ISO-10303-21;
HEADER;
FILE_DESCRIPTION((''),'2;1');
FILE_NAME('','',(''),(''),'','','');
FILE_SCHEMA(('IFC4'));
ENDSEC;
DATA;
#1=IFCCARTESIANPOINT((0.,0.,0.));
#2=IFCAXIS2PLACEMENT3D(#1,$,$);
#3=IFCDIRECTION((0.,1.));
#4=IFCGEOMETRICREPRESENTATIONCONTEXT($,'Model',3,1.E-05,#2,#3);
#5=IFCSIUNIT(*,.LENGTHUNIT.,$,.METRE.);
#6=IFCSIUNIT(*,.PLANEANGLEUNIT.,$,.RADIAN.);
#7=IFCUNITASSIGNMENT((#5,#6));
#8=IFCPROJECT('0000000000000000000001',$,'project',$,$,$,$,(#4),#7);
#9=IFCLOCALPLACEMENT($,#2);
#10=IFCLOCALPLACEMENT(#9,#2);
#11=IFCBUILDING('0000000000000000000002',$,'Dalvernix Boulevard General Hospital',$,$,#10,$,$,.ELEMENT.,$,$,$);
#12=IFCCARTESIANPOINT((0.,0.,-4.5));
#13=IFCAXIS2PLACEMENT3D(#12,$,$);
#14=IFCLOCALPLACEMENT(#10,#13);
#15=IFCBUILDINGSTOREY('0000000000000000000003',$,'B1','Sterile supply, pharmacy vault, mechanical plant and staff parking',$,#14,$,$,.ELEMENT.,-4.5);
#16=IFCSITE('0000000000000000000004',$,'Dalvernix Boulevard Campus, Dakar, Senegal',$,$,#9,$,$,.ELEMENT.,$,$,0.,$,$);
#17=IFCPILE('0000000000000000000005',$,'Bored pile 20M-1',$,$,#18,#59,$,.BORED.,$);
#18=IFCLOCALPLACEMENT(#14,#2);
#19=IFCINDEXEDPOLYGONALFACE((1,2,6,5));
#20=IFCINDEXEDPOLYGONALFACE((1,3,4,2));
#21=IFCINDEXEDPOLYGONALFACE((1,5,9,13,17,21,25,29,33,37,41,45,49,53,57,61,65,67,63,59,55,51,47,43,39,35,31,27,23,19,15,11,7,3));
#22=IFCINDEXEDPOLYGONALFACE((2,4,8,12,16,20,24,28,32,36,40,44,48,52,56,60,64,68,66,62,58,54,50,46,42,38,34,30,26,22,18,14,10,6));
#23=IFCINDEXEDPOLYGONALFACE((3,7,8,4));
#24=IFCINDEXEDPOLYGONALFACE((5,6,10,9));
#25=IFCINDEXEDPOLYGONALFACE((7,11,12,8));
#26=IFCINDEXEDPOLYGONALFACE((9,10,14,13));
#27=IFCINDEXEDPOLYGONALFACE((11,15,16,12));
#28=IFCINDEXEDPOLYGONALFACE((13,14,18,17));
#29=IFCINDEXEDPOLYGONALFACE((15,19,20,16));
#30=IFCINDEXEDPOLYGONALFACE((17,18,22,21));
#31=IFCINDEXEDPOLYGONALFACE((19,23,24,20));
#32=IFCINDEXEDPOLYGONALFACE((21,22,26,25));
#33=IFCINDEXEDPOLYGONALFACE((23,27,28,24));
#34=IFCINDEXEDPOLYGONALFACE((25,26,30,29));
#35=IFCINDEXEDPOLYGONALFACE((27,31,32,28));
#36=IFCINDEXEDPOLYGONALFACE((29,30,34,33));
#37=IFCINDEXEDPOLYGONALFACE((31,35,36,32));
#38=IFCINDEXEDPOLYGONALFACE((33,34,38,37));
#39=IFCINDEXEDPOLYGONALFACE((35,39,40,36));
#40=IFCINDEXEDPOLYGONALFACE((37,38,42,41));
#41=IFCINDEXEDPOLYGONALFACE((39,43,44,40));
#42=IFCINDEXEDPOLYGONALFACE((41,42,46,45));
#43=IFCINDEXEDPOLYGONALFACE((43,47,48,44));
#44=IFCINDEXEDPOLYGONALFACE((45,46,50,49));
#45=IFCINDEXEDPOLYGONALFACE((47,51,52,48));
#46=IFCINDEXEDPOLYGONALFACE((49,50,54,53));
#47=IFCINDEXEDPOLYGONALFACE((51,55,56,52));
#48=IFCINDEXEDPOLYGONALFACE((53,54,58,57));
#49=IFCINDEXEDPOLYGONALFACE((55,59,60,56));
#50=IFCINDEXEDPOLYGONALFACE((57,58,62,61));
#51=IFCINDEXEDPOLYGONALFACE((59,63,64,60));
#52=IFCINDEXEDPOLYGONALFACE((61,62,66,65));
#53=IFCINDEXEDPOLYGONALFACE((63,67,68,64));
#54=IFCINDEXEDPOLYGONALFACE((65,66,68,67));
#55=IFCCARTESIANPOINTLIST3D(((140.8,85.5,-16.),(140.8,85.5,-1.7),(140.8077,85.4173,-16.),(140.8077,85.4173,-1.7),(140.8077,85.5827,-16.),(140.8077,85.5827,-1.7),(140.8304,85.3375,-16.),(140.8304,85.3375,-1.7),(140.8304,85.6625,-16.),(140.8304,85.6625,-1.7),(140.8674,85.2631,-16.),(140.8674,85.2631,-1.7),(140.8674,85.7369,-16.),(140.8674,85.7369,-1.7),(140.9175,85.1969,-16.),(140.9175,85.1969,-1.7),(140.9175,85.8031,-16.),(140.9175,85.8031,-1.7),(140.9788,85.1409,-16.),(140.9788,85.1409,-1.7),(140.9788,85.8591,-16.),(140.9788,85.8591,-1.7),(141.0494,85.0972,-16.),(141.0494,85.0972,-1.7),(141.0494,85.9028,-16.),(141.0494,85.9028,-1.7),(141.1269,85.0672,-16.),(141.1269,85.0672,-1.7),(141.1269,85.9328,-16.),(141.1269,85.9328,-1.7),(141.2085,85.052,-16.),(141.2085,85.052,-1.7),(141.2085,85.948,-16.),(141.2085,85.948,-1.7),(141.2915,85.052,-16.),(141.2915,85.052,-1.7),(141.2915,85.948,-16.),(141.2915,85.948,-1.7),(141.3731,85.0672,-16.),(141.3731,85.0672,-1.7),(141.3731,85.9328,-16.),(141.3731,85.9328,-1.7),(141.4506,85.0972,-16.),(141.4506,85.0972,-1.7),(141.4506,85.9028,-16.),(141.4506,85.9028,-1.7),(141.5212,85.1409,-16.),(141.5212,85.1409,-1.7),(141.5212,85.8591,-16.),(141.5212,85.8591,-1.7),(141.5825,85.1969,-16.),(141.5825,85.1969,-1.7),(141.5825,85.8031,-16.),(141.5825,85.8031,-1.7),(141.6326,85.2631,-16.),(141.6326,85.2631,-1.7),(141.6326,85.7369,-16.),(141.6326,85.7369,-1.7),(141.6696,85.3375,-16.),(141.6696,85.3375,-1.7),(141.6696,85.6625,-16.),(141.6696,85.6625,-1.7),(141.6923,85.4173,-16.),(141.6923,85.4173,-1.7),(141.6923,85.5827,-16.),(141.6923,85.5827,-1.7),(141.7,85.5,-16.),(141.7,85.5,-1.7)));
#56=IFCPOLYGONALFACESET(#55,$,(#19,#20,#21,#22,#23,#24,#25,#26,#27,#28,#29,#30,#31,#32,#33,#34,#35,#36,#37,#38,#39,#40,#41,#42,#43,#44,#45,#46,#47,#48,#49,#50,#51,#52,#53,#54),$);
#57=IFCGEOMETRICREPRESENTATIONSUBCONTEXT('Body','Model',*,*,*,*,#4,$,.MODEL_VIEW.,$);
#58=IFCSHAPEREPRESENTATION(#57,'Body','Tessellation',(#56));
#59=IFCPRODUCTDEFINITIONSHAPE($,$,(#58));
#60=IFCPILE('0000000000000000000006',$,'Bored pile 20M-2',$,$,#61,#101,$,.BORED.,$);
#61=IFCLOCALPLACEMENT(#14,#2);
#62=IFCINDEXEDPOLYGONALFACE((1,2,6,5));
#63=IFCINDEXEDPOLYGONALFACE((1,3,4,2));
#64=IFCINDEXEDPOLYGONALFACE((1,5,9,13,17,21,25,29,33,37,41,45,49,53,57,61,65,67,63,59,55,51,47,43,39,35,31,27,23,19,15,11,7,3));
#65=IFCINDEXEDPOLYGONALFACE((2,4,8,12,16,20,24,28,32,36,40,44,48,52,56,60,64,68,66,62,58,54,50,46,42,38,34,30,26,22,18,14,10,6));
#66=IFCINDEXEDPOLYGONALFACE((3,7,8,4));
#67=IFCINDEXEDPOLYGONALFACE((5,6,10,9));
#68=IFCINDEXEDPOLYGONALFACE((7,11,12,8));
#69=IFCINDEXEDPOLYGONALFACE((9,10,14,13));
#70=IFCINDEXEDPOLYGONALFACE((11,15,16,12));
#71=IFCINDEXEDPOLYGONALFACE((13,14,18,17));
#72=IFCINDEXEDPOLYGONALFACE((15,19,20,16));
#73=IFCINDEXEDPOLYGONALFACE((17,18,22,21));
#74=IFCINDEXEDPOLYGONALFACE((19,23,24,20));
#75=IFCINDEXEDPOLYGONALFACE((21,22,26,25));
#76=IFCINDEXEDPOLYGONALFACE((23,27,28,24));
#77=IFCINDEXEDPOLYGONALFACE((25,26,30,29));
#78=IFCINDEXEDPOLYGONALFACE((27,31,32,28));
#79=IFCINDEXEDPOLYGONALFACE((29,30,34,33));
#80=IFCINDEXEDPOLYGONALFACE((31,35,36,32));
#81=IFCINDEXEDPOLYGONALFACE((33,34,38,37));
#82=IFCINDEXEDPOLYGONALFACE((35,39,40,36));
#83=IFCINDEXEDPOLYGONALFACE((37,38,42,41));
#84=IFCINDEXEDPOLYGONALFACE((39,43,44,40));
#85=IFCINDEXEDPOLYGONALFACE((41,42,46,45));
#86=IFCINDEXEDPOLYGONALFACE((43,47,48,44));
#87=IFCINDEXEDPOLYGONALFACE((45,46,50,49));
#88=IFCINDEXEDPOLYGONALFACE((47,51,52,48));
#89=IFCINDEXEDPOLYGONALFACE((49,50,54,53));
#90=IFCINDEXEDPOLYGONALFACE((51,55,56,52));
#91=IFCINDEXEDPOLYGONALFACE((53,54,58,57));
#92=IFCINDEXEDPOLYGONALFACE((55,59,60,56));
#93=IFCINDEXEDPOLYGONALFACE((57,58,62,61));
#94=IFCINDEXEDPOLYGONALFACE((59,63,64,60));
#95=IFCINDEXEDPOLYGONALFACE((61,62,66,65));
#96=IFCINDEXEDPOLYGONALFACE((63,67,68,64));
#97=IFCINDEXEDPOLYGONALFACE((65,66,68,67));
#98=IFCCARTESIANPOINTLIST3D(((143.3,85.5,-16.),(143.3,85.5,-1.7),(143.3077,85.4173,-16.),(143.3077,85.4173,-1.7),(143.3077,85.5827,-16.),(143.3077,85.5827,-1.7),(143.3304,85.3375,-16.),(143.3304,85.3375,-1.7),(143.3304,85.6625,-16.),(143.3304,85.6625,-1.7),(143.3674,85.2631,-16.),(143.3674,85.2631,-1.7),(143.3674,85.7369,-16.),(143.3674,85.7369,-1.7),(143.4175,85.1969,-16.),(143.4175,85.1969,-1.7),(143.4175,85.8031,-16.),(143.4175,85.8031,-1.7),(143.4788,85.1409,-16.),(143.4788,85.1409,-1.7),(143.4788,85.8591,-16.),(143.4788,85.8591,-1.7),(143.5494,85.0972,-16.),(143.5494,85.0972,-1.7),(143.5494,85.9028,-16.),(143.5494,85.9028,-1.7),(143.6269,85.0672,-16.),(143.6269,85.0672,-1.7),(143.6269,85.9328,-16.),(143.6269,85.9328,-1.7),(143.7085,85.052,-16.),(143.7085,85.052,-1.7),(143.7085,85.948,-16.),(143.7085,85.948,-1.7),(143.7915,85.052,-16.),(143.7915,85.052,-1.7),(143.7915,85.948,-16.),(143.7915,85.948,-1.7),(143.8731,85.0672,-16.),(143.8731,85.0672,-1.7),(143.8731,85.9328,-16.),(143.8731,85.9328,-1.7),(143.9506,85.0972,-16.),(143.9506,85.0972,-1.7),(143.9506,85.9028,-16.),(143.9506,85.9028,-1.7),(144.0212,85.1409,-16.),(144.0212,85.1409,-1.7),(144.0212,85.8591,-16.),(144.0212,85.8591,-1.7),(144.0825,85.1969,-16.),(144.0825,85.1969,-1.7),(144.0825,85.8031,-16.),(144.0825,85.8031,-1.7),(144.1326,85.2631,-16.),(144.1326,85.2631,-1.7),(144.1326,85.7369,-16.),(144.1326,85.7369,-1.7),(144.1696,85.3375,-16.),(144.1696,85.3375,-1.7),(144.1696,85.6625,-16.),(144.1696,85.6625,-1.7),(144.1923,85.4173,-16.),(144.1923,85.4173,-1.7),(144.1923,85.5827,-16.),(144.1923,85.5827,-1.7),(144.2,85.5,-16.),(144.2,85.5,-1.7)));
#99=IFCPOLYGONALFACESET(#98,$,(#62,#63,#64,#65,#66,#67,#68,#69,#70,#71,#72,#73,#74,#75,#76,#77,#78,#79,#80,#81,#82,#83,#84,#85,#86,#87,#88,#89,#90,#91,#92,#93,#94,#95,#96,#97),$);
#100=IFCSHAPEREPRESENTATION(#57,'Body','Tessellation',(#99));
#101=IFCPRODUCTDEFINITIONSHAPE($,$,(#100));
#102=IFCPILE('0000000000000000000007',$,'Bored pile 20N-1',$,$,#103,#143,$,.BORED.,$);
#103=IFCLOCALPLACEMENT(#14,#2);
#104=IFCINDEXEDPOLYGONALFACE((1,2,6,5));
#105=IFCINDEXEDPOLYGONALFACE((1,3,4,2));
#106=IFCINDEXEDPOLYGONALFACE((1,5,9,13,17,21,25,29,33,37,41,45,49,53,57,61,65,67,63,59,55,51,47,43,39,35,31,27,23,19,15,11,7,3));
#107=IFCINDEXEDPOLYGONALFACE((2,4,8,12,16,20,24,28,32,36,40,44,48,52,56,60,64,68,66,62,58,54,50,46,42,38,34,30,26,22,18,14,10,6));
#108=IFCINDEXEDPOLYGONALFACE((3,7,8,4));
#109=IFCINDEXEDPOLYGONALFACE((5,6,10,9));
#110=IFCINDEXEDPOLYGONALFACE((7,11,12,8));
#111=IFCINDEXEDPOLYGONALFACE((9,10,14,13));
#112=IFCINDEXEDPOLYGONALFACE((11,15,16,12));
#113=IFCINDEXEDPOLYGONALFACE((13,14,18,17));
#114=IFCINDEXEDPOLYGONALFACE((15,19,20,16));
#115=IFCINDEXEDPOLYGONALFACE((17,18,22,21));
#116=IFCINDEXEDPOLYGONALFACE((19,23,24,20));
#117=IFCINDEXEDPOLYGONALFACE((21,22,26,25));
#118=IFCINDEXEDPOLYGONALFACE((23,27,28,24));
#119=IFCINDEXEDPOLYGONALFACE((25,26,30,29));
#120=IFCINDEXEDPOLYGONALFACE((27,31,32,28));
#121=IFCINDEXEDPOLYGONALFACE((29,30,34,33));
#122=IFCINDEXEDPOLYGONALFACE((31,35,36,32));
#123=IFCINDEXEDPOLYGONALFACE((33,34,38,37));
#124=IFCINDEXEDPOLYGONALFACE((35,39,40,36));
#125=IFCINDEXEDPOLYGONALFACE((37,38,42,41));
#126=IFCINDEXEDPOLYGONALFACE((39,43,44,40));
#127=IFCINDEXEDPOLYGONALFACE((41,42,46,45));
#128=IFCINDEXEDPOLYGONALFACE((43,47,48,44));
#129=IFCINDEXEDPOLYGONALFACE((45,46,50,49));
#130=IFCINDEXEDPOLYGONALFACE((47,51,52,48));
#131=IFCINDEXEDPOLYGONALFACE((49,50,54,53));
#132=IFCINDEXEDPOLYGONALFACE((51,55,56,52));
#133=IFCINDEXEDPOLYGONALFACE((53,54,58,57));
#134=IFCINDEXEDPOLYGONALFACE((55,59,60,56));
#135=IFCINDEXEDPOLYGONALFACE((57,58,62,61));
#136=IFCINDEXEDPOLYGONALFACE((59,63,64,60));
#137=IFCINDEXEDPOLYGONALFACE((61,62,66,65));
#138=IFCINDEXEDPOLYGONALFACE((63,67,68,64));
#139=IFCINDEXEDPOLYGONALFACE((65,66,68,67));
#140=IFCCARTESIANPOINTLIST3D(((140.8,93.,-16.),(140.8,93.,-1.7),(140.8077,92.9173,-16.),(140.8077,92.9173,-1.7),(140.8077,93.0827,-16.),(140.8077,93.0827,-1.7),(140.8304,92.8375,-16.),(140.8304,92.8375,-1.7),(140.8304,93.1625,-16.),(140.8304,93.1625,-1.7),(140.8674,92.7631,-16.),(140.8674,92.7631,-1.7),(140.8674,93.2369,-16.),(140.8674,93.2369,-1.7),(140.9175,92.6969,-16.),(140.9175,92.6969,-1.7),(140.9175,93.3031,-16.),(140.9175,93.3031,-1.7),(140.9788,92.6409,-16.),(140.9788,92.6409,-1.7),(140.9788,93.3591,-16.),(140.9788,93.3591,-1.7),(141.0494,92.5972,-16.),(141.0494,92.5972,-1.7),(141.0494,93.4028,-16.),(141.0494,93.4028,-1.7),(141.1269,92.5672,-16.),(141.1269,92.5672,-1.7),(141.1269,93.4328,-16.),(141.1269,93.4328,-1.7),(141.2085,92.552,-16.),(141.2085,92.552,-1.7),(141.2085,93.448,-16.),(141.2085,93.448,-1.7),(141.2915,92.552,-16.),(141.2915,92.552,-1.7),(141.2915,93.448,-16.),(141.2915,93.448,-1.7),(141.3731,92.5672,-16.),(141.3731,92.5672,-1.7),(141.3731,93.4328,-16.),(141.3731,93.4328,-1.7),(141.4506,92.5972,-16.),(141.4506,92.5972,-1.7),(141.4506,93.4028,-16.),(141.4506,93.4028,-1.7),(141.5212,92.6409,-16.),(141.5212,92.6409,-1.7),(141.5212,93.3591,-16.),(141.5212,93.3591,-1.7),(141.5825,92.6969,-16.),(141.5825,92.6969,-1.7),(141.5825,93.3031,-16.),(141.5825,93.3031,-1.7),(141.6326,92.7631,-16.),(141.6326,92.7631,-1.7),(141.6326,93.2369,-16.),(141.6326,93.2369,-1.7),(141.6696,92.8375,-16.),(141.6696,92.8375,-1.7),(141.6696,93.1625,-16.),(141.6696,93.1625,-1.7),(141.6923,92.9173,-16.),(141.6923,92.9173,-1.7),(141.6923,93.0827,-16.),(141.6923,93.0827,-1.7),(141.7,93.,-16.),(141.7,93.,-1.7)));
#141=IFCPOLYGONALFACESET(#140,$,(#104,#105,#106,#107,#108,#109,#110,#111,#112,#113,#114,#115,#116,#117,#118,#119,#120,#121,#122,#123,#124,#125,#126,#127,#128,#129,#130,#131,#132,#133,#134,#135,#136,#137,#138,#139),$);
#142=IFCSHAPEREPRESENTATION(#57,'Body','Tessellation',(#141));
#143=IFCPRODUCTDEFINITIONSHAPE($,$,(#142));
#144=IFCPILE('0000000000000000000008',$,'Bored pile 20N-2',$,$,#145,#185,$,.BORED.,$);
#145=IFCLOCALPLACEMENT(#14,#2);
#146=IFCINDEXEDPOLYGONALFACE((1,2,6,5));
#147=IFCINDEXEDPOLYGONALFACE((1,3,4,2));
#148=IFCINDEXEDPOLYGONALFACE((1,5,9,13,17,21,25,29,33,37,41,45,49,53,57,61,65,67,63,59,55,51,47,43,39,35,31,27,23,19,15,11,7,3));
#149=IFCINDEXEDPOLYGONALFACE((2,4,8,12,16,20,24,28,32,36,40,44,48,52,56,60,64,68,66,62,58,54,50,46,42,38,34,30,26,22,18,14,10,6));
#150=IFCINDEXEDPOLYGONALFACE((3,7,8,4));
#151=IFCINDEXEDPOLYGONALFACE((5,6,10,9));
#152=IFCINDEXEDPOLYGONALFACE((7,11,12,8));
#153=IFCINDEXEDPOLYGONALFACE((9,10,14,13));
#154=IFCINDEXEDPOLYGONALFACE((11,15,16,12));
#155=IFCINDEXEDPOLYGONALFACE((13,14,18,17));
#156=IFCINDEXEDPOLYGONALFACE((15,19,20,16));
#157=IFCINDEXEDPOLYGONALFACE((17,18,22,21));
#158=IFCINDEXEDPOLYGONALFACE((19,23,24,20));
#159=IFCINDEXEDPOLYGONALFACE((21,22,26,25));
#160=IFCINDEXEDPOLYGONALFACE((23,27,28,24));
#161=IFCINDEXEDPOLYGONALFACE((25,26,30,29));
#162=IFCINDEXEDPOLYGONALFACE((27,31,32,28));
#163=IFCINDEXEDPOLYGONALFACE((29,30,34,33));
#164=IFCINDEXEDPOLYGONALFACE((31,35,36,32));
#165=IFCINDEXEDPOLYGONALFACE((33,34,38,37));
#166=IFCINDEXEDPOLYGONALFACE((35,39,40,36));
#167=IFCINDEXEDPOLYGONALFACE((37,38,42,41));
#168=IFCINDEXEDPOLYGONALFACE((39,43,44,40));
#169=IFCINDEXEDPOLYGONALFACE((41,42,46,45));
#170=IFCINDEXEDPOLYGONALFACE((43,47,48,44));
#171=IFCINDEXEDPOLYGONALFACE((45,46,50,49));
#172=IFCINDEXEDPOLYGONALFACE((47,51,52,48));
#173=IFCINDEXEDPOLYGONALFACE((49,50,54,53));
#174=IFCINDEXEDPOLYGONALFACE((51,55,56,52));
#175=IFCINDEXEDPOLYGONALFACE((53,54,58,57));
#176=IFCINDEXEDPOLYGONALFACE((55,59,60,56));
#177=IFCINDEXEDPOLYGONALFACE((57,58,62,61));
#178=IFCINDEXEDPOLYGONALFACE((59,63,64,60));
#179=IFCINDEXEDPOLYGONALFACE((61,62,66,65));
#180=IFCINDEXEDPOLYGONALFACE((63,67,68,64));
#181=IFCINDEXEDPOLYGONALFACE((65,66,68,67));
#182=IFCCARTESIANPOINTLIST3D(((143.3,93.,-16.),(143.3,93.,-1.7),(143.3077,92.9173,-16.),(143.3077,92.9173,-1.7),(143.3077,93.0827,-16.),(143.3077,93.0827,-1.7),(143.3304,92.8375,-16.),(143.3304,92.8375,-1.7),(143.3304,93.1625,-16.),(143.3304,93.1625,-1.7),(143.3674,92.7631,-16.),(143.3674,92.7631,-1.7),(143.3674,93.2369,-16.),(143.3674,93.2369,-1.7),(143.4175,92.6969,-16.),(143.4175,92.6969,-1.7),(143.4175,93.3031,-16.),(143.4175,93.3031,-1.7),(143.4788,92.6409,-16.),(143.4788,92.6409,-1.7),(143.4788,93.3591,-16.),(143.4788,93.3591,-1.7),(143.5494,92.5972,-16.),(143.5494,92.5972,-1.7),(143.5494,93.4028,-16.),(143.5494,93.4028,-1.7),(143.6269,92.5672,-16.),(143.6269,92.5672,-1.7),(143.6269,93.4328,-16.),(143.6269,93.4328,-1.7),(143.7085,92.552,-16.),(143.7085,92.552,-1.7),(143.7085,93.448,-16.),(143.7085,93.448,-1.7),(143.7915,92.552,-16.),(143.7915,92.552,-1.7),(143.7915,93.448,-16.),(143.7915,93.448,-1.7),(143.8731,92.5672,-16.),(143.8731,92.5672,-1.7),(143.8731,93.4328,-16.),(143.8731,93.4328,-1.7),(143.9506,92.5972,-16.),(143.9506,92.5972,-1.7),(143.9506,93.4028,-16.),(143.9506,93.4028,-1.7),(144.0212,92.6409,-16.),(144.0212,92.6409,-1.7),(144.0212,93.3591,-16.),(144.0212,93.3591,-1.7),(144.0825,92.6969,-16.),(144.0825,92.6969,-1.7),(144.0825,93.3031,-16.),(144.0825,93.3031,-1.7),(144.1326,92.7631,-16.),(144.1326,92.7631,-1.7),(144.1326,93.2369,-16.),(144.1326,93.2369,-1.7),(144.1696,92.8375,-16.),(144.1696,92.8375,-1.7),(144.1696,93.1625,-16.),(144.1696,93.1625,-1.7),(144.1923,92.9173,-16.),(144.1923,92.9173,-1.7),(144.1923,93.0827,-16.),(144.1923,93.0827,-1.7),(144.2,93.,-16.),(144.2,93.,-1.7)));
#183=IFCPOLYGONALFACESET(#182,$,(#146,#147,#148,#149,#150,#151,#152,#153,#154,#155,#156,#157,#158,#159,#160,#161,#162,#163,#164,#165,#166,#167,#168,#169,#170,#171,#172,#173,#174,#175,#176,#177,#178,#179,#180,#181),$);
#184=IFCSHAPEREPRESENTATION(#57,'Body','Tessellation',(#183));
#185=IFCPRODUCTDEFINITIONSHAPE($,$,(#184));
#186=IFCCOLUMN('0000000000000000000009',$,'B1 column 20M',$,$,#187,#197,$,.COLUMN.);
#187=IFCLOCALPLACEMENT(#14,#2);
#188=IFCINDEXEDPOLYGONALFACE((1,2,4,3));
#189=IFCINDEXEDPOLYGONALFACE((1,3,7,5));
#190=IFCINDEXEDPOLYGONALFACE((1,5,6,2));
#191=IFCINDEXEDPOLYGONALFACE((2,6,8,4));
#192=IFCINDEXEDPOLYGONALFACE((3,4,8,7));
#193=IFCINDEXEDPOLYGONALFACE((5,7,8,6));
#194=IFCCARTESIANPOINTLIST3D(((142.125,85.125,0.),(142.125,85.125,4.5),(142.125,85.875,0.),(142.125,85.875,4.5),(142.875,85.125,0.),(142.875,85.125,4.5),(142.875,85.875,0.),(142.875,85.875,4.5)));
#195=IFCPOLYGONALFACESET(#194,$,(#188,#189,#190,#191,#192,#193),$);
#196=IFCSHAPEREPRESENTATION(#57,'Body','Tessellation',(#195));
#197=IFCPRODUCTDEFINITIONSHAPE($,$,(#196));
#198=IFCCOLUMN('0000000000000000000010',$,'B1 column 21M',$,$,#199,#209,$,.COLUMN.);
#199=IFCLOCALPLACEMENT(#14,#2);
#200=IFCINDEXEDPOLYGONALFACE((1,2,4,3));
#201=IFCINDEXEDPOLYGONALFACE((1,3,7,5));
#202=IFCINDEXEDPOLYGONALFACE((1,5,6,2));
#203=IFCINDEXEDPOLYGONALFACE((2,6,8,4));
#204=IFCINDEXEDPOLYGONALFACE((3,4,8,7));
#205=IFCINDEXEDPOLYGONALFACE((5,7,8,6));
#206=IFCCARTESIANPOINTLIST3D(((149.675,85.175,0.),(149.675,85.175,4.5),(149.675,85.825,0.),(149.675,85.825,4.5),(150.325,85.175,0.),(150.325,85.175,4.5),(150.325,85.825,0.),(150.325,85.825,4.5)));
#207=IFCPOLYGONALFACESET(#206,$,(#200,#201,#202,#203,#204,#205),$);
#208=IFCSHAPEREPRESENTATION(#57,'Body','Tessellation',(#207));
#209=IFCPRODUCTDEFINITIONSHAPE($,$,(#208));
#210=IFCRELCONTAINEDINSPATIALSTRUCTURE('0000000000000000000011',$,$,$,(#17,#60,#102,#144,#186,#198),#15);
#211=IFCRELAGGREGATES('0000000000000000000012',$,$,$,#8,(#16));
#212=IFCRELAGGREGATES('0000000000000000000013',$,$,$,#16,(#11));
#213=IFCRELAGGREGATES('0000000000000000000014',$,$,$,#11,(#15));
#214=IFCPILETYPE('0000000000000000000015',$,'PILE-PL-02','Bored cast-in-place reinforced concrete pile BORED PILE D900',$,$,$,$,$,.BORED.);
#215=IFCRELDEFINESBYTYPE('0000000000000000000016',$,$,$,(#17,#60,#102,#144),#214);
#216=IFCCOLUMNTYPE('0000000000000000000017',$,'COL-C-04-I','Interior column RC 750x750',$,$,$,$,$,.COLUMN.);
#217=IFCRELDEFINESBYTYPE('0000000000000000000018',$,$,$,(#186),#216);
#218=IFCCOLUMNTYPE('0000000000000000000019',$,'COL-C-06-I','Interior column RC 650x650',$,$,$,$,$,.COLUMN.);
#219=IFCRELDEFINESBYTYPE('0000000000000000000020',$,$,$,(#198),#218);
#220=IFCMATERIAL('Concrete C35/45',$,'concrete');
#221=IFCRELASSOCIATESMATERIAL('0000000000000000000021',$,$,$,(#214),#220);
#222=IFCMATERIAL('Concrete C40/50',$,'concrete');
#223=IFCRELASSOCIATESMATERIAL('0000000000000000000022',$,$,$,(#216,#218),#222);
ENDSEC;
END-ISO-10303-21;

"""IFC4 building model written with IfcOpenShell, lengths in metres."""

from ifc_helpers import new_model, si_unit, direction, frame, origin, origin_2d, place, context, subcontext, project, spatial, rectangle, circle, extrude, material, material_profile, profile_set, type_object, element, save


model = new_model("IFC4")

# Units and contexts
model_context = context("Model", 3, precision=1e-05, world=origin(), true_north=direction((0.0, 1.0)))
body_context = subcontext(model_context, "Body", "Model", "MODEL_VIEW")
ifc_project = project(units=[si_unit("LENGTHUNIT", "METRE"), si_unit("PLANEANGLEUNIT", "RADIAN")], contexts=[model_context])

# Site, building, storey
site_placement = place(None, origin())
site = spatial("IfcSite", under=ifc_project, at=site_placement, Name="Dalvernix Boulevard Campus, Dakar, Senegal", CompositionType="ELEMENT", RefElevation=0.0)
building_placement = place(site_placement, origin())
building = spatial("IfcBuilding", under=site, at=building_placement, Name="Dalvernix Boulevard General Hospital", CompositionType="ELEMENT")
storey_placement = place(building_placement, frame((0.0, 0.0, -4.5)))
storey = spatial("IfcBuildingStorey", under=building, at=storey_placement, Name="B1", Description="Sterile supply, pharmacy vault, mechanical plant and staff parking", CompositionType="ELEMENT", Elevation=-4.5)

# Shared definitions
ifc_material_1 = material(Name="Concrete C35/45", Category="concrete")
ifc_material_2 = material(Name="Concrete C40/50", Category="concrete")

# Piles
ifc_material_profile_1 = material_profile(ifc_material_1, circle(Radius=0.45, at=origin_2d()), Name="BORED PILE D900")
ifc_profile_set_1 = profile_set([ifc_material_profile_1], Name="Concrete C35/45")
pile_type_1 = type_object("IfcPileType", Name="PILE-PL-02", Description="Bored cast-in-place reinforced concrete pile BORED PILE D900", PredefinedType="BORED", material=ifc_profile_set_1)
for number, where, z_axis, x_axis, name in (
    (1, (141.25, 85.5, -1.7), (0.0, 0.0, -1.0), (1.0, 0.0, 0.0), "Bored pile 20M-1"),
    (2, (143.75, 85.5, -1.7), (0.0, 0.0, -1.0), (1.0, 0.0, 0.0), "Bored pile 20M-2"),
    (3, (141.25, 93.0, -1.7), (0.0, 0.0, -1.0), (1.0, 0.0, 0.0), "Bored pile 20N-1"),
    (4, (143.75, 93.0, -1.7), (0.0, 0.0, -1.0), (1.0, 0.0, 0.0), "Bored pile 20N-2"),
):
    element("IfcPile", number, at=place(storey_placement, frame(where, z_axis=z_axis, x_axis=x_axis)), inside=storey, type_object=pile_type_1, Name=name, PredefinedType="BORED", context=body_context, shape_type="SweptSolid", body=[
        extrude(circle(Radius=0.45, at=origin_2d()), origin(), (0.0, 0.0, 1.0), 14.3),
    ])

# Columns
ifc_material_profile_2 = material_profile(ifc_material_2, rectangle(XDim=0.75, YDim=0.75, at=origin_2d()), Name="RC 750x750")
ifc_profile_set_2 = profile_set([ifc_material_profile_2], Name="Concrete C40/50")
column_type_1 = type_object("IfcColumnType", Name="COL-C-04-I", Description="Interior column RC 750x750", PredefinedType="COLUMN", material=ifc_profile_set_2)
column_1_placement = place(storey_placement, frame((142.5, 85.5, 0.0), z_axis=(0.0, 0.0, 1.0), x_axis=(1.0, 0.0, 0.0)))
element("IfcColumn", 5, at=column_1_placement, inside=storey, type_object=column_type_1, Name="B1 column 20M", PredefinedType="COLUMN", context=body_context, shape_type="SweptSolid", body=[
    extrude(rectangle(XDim=0.75, YDim=0.75, at=origin_2d()), origin(), (0.0, 0.0, 1.0), 4.5),
])
ifc_material_profile_3 = material_profile(ifc_material_2, rectangle(XDim=0.6499, YDim=0.6499, at=origin_2d()), Name="RC 650x650")
ifc_profile_set_3 = profile_set([ifc_material_profile_3], Name="Concrete C40/50")
column_type_2 = type_object("IfcColumnType", Name="COL-C-06-I", Description="Interior column RC 650x650", PredefinedType="COLUMN", material=ifc_profile_set_3)
column_2_placement = place(storey_placement, frame((150.0, 85.5, 0.0), z_axis=(0.0, 0.0, 1.0), x_axis=(1.0, 0.0, 0.0)))
element("IfcColumn", 6, at=column_2_placement, inside=storey, type_object=column_type_2, Name="B1 column 21M", PredefinedType="COLUMN", context=body_context, shape_type="SweptSolid", body=[
    extrude(rectangle(XDim=0.6499, YDim=0.6499, at=origin_2d()), origin(), (0.0, 0.0, 1.0), 4.5),
])

save(model, "model.ifc")
